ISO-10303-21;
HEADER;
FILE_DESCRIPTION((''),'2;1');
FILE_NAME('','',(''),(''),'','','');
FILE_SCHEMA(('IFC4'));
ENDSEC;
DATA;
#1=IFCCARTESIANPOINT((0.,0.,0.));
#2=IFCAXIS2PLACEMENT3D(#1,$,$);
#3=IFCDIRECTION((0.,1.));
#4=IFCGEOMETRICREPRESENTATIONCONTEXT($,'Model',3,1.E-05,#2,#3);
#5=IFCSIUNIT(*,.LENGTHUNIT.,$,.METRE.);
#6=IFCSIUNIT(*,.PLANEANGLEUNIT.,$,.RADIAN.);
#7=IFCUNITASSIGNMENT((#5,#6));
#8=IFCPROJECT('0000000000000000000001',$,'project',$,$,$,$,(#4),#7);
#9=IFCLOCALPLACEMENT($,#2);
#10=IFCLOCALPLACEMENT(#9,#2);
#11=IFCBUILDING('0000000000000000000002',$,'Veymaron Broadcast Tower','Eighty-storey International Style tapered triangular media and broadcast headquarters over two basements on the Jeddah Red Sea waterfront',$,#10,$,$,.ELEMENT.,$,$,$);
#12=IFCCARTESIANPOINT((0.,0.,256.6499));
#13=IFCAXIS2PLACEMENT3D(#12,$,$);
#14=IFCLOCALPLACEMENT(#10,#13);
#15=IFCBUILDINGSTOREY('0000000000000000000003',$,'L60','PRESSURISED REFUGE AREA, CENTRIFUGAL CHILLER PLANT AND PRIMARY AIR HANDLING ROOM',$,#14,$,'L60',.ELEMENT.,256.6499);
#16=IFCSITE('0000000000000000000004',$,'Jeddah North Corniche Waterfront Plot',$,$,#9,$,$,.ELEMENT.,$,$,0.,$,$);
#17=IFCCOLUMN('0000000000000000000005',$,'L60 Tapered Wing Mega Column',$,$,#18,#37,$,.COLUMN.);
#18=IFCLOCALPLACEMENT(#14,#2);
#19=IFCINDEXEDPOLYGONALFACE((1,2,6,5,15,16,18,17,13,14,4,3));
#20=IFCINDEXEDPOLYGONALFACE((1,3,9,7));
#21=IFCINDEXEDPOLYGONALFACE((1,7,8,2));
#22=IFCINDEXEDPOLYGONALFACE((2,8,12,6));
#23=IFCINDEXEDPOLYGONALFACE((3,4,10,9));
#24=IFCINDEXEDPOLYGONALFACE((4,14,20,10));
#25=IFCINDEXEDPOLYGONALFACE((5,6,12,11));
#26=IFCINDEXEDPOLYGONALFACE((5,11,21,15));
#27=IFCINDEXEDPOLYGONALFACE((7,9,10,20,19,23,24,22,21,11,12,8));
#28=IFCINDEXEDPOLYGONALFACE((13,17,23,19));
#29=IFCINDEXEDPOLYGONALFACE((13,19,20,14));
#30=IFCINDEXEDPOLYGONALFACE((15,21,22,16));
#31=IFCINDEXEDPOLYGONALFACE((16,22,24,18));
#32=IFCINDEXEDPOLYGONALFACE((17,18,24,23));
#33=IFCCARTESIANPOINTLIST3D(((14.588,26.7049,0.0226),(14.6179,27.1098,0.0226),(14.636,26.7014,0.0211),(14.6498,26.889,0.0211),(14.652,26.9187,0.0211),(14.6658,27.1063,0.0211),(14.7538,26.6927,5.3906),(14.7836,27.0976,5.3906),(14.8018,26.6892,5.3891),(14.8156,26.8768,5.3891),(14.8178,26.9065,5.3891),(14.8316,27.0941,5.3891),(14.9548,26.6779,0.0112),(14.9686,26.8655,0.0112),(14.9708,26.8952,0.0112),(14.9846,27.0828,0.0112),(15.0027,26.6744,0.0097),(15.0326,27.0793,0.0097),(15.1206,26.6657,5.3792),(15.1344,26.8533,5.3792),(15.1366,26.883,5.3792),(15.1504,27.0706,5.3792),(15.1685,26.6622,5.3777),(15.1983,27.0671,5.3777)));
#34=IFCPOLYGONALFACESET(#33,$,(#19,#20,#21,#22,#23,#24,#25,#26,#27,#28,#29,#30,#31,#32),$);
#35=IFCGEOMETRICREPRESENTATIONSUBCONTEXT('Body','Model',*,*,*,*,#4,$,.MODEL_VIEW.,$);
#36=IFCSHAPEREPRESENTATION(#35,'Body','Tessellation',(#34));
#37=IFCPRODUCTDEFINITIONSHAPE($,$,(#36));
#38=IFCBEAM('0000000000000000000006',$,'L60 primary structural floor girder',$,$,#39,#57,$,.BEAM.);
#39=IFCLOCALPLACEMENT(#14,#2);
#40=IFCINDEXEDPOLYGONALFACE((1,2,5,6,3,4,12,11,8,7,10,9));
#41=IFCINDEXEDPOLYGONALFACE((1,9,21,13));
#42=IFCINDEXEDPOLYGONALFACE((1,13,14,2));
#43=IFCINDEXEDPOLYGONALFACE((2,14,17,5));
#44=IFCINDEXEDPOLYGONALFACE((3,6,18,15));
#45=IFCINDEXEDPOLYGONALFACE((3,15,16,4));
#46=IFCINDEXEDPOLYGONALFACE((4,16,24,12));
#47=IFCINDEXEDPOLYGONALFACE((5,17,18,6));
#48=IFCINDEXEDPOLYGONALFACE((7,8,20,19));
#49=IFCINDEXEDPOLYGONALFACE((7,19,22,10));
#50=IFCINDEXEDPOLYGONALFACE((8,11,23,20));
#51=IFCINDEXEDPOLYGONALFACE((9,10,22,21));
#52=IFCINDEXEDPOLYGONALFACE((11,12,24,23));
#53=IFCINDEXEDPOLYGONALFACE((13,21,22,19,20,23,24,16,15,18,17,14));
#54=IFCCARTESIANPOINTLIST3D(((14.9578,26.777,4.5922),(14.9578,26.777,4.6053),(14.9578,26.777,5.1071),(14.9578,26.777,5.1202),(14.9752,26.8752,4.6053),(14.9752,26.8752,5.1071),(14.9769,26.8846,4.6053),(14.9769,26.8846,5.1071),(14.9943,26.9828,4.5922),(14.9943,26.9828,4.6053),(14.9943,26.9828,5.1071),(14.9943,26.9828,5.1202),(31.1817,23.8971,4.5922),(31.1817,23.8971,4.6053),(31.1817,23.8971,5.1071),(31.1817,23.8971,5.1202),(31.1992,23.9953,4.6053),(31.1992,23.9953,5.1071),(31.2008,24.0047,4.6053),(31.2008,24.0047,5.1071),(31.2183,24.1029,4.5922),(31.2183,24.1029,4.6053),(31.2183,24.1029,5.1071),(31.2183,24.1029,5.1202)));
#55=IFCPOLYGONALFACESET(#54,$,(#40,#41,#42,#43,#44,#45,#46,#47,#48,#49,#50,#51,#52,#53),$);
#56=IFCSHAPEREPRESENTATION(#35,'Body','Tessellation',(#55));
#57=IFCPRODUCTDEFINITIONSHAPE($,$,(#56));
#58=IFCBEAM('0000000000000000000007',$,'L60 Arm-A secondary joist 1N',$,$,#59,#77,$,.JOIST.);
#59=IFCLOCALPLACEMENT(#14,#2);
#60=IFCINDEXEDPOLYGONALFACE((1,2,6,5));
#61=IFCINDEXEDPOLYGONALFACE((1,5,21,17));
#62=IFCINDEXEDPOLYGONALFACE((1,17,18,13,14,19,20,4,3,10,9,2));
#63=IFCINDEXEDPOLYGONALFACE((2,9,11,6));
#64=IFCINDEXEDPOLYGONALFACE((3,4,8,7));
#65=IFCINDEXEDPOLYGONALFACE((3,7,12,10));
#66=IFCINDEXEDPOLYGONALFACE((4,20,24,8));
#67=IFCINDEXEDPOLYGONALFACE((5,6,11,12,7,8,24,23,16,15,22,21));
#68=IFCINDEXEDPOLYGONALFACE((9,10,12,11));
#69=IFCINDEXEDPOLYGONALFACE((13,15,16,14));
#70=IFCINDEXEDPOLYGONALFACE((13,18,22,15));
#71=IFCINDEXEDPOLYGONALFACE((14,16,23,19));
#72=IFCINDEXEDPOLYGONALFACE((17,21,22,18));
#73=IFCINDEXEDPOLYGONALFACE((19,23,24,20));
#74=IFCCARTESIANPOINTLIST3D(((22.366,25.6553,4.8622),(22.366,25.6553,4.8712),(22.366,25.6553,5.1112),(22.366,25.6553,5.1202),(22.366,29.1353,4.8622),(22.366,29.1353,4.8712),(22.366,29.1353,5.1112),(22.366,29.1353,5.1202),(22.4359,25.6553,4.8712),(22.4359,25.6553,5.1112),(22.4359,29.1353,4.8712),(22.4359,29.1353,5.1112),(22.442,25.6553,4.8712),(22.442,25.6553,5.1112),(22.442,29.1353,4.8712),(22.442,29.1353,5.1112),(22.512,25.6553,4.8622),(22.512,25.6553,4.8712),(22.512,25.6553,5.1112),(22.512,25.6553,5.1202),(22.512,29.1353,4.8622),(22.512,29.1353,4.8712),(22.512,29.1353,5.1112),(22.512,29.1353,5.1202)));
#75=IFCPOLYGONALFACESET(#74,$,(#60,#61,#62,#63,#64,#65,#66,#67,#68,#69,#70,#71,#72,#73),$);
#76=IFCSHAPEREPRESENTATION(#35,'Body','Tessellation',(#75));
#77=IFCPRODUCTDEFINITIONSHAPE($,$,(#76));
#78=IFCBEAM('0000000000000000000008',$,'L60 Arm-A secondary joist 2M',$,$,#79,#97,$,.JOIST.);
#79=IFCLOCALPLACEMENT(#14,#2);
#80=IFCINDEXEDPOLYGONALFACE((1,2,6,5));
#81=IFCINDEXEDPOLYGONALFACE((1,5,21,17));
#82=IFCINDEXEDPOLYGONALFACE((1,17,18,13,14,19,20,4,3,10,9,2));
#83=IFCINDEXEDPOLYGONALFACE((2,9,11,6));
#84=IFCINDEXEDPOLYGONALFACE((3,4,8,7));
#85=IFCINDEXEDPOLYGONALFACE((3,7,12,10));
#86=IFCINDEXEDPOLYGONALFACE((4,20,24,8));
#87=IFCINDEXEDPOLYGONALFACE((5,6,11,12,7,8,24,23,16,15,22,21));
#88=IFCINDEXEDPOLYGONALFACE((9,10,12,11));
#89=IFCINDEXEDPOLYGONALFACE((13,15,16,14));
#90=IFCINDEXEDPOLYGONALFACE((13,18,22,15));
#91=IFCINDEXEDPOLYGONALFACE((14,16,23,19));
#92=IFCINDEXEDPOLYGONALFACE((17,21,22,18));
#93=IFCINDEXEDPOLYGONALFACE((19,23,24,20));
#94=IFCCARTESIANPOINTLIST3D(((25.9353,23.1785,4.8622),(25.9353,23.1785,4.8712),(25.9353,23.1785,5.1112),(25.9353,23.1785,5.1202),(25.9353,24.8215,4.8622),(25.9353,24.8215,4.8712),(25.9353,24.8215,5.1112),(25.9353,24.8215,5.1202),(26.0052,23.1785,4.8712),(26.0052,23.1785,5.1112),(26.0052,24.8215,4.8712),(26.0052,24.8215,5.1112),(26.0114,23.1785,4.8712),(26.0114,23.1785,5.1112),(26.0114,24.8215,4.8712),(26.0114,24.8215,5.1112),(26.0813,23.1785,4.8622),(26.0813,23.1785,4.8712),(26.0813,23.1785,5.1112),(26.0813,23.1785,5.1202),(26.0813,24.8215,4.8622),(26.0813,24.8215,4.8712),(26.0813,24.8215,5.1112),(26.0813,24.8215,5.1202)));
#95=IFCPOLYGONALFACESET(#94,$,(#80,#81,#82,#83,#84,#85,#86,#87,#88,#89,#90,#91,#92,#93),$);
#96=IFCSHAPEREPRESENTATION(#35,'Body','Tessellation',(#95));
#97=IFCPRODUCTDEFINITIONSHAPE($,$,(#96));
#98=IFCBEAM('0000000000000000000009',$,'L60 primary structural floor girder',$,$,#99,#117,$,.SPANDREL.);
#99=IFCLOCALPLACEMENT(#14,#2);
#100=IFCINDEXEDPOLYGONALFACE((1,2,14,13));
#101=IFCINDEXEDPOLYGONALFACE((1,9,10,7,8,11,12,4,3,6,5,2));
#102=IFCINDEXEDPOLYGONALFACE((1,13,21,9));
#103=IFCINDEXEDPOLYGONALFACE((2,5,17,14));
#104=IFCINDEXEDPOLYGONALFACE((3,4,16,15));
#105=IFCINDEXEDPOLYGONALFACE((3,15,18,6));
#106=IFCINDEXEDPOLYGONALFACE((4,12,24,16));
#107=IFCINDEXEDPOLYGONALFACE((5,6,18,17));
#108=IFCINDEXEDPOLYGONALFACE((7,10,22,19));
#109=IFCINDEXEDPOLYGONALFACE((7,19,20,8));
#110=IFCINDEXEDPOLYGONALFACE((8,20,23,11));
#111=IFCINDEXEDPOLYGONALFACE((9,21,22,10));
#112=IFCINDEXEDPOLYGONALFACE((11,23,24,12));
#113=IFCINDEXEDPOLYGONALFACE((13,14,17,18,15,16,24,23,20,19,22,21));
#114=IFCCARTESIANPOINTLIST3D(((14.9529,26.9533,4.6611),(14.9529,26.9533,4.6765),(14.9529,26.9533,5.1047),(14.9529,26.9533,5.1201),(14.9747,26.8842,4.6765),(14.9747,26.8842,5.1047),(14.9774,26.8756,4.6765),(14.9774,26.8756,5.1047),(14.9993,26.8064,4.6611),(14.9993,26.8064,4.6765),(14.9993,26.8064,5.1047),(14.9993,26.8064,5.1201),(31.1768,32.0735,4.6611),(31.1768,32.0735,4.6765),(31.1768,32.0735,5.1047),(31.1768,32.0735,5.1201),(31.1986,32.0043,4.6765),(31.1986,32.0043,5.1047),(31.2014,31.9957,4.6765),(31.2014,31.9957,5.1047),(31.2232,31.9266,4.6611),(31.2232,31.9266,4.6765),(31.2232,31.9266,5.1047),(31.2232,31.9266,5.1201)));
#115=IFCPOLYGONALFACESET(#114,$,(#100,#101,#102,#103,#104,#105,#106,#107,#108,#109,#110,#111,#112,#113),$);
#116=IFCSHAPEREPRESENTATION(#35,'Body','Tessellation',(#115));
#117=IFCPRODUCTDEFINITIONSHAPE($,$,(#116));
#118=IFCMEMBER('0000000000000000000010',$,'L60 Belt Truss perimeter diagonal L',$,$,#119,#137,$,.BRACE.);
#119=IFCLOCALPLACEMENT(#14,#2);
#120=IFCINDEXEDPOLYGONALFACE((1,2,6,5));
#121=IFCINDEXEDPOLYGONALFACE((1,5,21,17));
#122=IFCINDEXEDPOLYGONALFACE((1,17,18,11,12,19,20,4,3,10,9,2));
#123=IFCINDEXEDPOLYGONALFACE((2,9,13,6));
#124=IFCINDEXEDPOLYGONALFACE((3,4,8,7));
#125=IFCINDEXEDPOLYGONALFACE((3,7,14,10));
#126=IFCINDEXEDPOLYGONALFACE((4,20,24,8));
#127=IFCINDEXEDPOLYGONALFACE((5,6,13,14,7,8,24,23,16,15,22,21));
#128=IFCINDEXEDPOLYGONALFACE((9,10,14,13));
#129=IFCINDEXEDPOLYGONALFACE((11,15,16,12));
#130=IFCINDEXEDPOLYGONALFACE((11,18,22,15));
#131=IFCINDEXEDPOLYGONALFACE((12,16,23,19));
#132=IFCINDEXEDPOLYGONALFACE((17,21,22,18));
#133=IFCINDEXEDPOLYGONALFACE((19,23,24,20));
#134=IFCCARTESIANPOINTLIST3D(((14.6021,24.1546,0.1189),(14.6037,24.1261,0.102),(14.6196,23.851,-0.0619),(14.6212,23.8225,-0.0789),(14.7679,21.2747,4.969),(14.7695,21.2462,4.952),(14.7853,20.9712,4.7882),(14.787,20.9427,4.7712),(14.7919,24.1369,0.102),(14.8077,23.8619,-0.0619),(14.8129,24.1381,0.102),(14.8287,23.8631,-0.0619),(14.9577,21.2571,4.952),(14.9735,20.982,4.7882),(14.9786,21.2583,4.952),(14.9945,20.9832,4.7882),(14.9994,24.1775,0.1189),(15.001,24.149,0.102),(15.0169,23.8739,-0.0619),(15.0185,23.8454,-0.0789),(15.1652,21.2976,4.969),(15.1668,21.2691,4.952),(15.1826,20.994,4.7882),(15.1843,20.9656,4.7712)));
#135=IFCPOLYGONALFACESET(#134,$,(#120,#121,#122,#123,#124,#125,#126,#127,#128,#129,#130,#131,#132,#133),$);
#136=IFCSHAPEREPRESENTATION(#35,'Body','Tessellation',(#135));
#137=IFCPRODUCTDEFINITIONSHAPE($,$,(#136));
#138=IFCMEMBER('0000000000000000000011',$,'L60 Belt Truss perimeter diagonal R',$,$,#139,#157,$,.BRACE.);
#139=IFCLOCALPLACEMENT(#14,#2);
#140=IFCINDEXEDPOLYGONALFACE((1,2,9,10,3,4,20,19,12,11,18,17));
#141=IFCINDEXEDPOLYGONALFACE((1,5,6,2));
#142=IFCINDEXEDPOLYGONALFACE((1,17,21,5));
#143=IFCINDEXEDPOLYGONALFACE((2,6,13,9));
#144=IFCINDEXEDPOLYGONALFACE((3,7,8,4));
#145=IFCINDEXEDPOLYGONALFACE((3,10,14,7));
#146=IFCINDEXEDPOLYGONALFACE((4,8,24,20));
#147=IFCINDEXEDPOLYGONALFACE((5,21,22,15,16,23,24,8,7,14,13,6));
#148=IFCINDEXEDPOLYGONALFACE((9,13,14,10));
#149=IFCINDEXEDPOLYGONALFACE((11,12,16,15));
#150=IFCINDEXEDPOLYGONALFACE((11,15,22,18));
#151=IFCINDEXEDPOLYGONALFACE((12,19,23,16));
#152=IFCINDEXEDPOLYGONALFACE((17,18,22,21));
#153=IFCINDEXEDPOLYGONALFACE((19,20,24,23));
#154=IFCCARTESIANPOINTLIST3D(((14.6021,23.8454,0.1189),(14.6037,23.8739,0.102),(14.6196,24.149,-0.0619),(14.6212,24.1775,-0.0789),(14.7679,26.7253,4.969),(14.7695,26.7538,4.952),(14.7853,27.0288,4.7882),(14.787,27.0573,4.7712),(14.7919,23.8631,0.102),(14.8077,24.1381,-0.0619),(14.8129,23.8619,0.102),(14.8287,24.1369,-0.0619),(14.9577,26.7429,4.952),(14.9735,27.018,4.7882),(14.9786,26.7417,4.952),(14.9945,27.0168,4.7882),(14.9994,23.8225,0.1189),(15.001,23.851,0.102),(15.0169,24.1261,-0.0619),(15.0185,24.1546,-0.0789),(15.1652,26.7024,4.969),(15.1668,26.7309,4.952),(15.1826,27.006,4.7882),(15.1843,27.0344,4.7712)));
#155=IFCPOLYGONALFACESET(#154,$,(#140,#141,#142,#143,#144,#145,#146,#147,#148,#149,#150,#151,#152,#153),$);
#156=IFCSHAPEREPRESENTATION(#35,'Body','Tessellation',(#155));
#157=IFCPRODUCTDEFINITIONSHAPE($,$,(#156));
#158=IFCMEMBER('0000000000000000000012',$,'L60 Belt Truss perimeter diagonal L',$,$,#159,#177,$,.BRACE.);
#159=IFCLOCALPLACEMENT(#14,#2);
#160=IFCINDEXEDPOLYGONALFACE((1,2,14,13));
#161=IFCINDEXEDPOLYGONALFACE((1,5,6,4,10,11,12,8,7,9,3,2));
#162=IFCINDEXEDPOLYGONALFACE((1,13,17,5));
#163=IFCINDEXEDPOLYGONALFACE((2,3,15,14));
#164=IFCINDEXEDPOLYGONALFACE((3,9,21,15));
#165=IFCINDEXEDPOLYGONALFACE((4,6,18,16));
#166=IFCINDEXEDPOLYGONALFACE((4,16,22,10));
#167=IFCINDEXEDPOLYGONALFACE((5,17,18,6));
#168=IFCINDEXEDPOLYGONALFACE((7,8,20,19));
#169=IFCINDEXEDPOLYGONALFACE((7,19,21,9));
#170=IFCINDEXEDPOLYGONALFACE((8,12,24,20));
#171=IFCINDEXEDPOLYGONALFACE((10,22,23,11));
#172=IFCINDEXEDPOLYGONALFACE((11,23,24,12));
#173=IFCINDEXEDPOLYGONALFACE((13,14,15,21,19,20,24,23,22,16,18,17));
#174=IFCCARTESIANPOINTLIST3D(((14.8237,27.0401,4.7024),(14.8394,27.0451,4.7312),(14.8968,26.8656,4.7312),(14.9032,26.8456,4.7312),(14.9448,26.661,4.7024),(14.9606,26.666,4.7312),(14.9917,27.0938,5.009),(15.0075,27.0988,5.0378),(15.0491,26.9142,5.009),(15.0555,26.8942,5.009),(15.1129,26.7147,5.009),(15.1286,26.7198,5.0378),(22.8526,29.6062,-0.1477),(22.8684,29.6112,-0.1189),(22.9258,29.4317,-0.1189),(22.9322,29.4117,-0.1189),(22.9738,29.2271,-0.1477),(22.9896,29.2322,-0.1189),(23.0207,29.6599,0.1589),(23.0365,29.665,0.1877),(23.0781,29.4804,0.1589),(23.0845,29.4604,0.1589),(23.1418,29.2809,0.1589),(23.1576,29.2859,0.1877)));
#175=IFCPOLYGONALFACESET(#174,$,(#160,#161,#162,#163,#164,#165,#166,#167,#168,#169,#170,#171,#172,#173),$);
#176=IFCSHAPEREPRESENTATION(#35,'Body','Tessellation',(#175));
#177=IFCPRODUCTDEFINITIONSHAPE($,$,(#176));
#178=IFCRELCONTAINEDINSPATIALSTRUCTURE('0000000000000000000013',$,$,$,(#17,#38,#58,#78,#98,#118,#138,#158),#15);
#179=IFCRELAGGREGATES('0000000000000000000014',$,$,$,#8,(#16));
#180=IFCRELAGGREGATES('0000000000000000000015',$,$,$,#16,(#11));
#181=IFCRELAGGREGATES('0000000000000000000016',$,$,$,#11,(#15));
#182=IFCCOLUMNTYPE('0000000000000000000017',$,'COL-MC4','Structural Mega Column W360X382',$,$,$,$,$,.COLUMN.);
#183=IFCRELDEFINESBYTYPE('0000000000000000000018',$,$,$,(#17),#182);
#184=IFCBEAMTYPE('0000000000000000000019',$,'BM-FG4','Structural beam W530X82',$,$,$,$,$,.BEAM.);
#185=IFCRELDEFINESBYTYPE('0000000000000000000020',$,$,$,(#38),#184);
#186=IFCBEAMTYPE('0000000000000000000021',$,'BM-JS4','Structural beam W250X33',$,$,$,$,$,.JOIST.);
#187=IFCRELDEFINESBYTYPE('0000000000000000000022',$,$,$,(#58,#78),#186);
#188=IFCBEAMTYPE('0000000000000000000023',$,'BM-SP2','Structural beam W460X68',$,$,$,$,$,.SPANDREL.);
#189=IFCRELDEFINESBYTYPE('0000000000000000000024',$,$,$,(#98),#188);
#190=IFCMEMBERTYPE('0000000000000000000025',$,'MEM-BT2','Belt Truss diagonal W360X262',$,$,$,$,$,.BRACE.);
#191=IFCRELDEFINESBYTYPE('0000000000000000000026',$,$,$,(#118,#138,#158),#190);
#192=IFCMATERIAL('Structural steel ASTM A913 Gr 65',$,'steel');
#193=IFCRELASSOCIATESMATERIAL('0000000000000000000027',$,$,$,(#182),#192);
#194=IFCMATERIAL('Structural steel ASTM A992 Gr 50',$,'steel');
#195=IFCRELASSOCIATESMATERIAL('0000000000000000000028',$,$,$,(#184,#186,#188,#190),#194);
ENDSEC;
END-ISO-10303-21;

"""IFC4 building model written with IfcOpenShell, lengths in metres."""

from ifc_helpers import new_model, si_unit, direction, frame, origin, origin_2d, place, context, subcontext, project, spatial, i_section, extrude, material, material_profile, profile_set, type_object, element, save


model = new_model("IFC4")

# Units and contexts
model_context = context("Model", 3, precision=1e-05, world=origin(), true_north=direction((0.0, 1.0)))
body_context = subcontext(model_context, "Body", "Model", "MODEL_VIEW")
ifc_project = project(units=[si_unit("LENGTHUNIT", "METRE"), si_unit("PLANEANGLEUNIT", "RADIAN")], contexts=[model_context])

# Site, building, storey
site_placement = place(None, origin())
site = spatial("IfcSite", under=ifc_project, at=site_placement, Name="Jeddah North Corniche Waterfront Plot", CompositionType="ELEMENT", RefElevation=0.0)
building_placement = place(site_placement, origin())
building = spatial("IfcBuilding", under=site, at=building_placement, Name="Veymaron Broadcast Tower", Description="Eighty-storey International Style tapered triangular media and broadcast headquarters over two basements on the Jeddah Red Sea waterfront", CompositionType="ELEMENT")
storey_placement = place(building_placement, frame((0.0, 0.0, 256.6499)))
storey = spatial("IfcBuildingStorey", under=building, at=storey_placement, Name="L60", Description="PRESSURISED REFUGE AREA, CENTRIFUGAL CHILLER PLANT AND PRIMARY AIR HANDLING ROOM", LongName="L60", CompositionType="ELEMENT", Elevation=256.6499)

# Column
ifc_material_1 = material(Name="Structural steel ASTM A913 Gr 65", Category="steel")
ifc_material_profile_1 = material_profile(ifc_material_1, i_section(OverallWidth=0.406, OverallDepth=0.416, WebThickness=0.0298, FlangeThickness=0.0481, at=origin_2d()), Name="W360X382")
ifc_profile_set_1 = profile_set([ifc_material_profile_1], Name="Structural steel ASTM A913 Gr 65")
column_type = type_object("IfcColumnType", Name="COL-MC4", Description="Structural Mega Column W360X382", PredefinedType="COLUMN", material=ifc_profile_set_1)
column_placement = place(storey_placement, frame((14.8103, 26.8921, 0.0161), z_axis=(0.030867, -0.002273, 0.999521), x_axis=(0.073439, 0.9973, 0.0)))
element("IfcColumn", 1, at=column_placement, inside=storey, type_object=column_type, Name="L60 Tapered Wing Mega Column", PredefinedType="COLUMN", context=body_context, shape_type="SweptSolid", body=[
    extrude(i_section(OverallWidth=0.406, OverallDepth=0.416, WebThickness=0.0298, FlangeThickness=0.0481, at=origin_2d()), origin(), (0.0, 0.0, 1.0), 5.3706),
])

# Beams
ifc_material_2 = material(Name="Structural steel ASTM A992 Gr 50", Category="steel")
ifc_material_profile_2 = material_profile(ifc_material_2, i_section(OverallWidth=0.209, OverallDepth=0.5281, WebThickness=0.0095, FlangeThickness=0.0132, at=origin_2d()), Name="W530X82")
ifc_profile_set_2 = profile_set([ifc_material_profile_2], Name="Structural steel ASTM A992 Gr 50")
beam_type_1 = type_object("IfcBeamType", Name="BM-FG4", Description="Structural beam W530X82", PredefinedType="BEAM", material=ifc_profile_set_2)
beam_1_placement = place(storey_placement, frame((14.9761, 26.8799, 4.8562), z_axis=(0.984608, -0.174777, 0.0), x_axis=(0.174777, 0.984608, 0.0)))
element("IfcBeam", 2, at=beam_1_placement, inside=storey, type_object=beam_type_1, Name="L60 primary structural floor girder", PredefinedType="BEAM", context=body_context, shape_type="SweptSolid", body=[
    extrude(i_section(OverallWidth=0.209, OverallDepth=0.5281, WebThickness=0.0095, FlangeThickness=0.0132, at=origin_2d()), origin(), (0.0, 0.0, 1.0), 16.4775),
])
ifc_material_profile_3 = material_profile(ifc_material_2, i_section(OverallWidth=0.146, OverallDepth=0.2581, WebThickness=0.0061, FlangeThickness=0.009, at=origin_2d()), Name="W250X33")
ifc_profile_set_3 = profile_set([ifc_material_profile_3], Name="Structural steel ASTM A992 Gr 50")
beam_type_2 = type_object("IfcBeamType", Name="BM-JS4", Description="Structural beam W250X33", PredefinedType="JOIST", material=ifc_profile_set_3)
beam_2_placement = place(storey_placement, frame((22.439, 25.6553, 4.9912), z_axis=(0.0, 1.0, 0.0), x_axis=(-1.0, 0.0, 0.0)))
element("IfcBeam", 3, at=beam_2_placement, inside=storey, type_object=beam_type_2, Name="L60 Arm-A secondary joist 1N", PredefinedType="JOIST", context=body_context, shape_type="SweptSolid", body=[
    extrude(i_section(OverallWidth=0.146, OverallDepth=0.2581, WebThickness=0.0061, FlangeThickness=0.009, at=origin_2d()), origin(), (0.0, 0.0, 1.0), 3.48),
])
beam_3_placement = place(storey_placement, frame((26.0083, 23.1785, 4.9912), z_axis=(0.0, 1.0, 0.0), x_axis=(-1.0, 0.0, 0.0)))
element("IfcBeam", 4, at=beam_3_placement, inside=storey, type_object=beam_type_2, Name="L60 Arm-A secondary joist 2M", PredefinedType="JOIST", context=body_context, shape_type="SweptSolid", body=[
    extrude(i_section(OverallWidth=0.146, OverallDepth=0.2581, WebThickness=0.0061, FlangeThickness=0.009, at=origin_2d()), origin(), (0.0, 0.0, 1.0), 1.6431),
])
ifc_material_profile_4 = material_profile(ifc_material_2, i_section(OverallWidth=0.1541, OverallDepth=0.459, WebThickness=0.009, FlangeThickness=0.0154, at=origin_2d()), Name="W460X68")
ifc_profile_set_4 = profile_set([ifc_material_profile_4], Name="Structural steel ASTM A992 Gr 50")
beam_type_3 = type_object("IfcBeamType", Name="BM-SP2", Description="Structural beam W460X68", PredefinedType="SPANDREL", material=ifc_profile_set_4)
beam_4_placement = place(storey_placement, frame((14.9761, 26.8799, 4.8906), z_axis=(0.953637, 0.30096, 0.0), x_axis=(-0.30096, 0.953637, 0.0)))
element("IfcBeam", 5, at=beam_4_placement, inside=storey, type_object=beam_type_3, Name="L60 primary structural floor girder", PredefinedType="SPANDREL", context=body_context, shape_type="SweptSolid", body=[
    extrude(i_section(OverallWidth=0.1541, OverallDepth=0.459, WebThickness=0.009, FlangeThickness=0.0154, at=origin_2d()), origin(), (0.0, 0.0, 1.0), 17.0127),
])

# Members
ifc_material_profile_5 = material_profile(ifc_material_2, i_section(OverallWidth=0.3979, OverallDepth=0.387, WebThickness=0.021, FlangeThickness=0.0332, at=origin_2d()), Name="W360X262")
ifc_profile_set_5 = profile_set([ifc_material_profile_5], Name="Structural steel ASTM A992 Gr 50")
member_type = type_object("IfcMemberType", Name="MEM-BT2", Description="Belt Truss diagonal W360X262", PredefinedType="BRACE", material=ifc_profile_set_5)
for number, where, z_axis, x_axis, name in (
    (6, (14.8103, 24.0, 0.02), (0.029376, -0.510336, 0.859473), (0.998347, 0.057467, 0.0), "L60 Belt Truss perimeter diagonal L"),
    (7, (14.8103, 24.0, 0.02), (0.029376, 0.510336, 0.859473), (-0.998347, 0.057467, 0.0), "L60 Belt Truss perimeter diagonal R"),
):
    element("IfcMember", number, at=place(storey_placement, frame(where, z_axis=z_axis, x_axis=x_axis)), inside=storey, type_object=member_type, Name=name, PredefinedType="BRACE", context=body_context, shape_type="SweptSolid", body=[
        extrude(i_section(OverallWidth=0.3979, OverallDepth=0.387, WebThickness=0.021, FlangeThickness=0.0332, at=origin_2d()), origin(), (0.0, 0.0, 1.0), 5.6431),
    ])
member_1_placement = place(storey_placement, frame((23.0051, 29.446, 0.02), z_axis=(-0.825615, -0.263875, 0.498728), x_axis=(0.304438, -0.952532, 0.0)))
element("IfcMember", 8, at=member_1_placement, inside=storey, type_object=member_type, Name="L60 Belt Truss perimeter diagonal L", PredefinedType="BRACE", context=body_context, shape_type="SweptSolid", body=[
    extrude(i_section(OverallWidth=0.3979, OverallDepth=0.387, WebThickness=0.021, FlangeThickness=0.0332, at=origin_2d()), origin(), (0.0, 0.0, 1.0), 9.7249),
])

save(model, "model.ifc")
